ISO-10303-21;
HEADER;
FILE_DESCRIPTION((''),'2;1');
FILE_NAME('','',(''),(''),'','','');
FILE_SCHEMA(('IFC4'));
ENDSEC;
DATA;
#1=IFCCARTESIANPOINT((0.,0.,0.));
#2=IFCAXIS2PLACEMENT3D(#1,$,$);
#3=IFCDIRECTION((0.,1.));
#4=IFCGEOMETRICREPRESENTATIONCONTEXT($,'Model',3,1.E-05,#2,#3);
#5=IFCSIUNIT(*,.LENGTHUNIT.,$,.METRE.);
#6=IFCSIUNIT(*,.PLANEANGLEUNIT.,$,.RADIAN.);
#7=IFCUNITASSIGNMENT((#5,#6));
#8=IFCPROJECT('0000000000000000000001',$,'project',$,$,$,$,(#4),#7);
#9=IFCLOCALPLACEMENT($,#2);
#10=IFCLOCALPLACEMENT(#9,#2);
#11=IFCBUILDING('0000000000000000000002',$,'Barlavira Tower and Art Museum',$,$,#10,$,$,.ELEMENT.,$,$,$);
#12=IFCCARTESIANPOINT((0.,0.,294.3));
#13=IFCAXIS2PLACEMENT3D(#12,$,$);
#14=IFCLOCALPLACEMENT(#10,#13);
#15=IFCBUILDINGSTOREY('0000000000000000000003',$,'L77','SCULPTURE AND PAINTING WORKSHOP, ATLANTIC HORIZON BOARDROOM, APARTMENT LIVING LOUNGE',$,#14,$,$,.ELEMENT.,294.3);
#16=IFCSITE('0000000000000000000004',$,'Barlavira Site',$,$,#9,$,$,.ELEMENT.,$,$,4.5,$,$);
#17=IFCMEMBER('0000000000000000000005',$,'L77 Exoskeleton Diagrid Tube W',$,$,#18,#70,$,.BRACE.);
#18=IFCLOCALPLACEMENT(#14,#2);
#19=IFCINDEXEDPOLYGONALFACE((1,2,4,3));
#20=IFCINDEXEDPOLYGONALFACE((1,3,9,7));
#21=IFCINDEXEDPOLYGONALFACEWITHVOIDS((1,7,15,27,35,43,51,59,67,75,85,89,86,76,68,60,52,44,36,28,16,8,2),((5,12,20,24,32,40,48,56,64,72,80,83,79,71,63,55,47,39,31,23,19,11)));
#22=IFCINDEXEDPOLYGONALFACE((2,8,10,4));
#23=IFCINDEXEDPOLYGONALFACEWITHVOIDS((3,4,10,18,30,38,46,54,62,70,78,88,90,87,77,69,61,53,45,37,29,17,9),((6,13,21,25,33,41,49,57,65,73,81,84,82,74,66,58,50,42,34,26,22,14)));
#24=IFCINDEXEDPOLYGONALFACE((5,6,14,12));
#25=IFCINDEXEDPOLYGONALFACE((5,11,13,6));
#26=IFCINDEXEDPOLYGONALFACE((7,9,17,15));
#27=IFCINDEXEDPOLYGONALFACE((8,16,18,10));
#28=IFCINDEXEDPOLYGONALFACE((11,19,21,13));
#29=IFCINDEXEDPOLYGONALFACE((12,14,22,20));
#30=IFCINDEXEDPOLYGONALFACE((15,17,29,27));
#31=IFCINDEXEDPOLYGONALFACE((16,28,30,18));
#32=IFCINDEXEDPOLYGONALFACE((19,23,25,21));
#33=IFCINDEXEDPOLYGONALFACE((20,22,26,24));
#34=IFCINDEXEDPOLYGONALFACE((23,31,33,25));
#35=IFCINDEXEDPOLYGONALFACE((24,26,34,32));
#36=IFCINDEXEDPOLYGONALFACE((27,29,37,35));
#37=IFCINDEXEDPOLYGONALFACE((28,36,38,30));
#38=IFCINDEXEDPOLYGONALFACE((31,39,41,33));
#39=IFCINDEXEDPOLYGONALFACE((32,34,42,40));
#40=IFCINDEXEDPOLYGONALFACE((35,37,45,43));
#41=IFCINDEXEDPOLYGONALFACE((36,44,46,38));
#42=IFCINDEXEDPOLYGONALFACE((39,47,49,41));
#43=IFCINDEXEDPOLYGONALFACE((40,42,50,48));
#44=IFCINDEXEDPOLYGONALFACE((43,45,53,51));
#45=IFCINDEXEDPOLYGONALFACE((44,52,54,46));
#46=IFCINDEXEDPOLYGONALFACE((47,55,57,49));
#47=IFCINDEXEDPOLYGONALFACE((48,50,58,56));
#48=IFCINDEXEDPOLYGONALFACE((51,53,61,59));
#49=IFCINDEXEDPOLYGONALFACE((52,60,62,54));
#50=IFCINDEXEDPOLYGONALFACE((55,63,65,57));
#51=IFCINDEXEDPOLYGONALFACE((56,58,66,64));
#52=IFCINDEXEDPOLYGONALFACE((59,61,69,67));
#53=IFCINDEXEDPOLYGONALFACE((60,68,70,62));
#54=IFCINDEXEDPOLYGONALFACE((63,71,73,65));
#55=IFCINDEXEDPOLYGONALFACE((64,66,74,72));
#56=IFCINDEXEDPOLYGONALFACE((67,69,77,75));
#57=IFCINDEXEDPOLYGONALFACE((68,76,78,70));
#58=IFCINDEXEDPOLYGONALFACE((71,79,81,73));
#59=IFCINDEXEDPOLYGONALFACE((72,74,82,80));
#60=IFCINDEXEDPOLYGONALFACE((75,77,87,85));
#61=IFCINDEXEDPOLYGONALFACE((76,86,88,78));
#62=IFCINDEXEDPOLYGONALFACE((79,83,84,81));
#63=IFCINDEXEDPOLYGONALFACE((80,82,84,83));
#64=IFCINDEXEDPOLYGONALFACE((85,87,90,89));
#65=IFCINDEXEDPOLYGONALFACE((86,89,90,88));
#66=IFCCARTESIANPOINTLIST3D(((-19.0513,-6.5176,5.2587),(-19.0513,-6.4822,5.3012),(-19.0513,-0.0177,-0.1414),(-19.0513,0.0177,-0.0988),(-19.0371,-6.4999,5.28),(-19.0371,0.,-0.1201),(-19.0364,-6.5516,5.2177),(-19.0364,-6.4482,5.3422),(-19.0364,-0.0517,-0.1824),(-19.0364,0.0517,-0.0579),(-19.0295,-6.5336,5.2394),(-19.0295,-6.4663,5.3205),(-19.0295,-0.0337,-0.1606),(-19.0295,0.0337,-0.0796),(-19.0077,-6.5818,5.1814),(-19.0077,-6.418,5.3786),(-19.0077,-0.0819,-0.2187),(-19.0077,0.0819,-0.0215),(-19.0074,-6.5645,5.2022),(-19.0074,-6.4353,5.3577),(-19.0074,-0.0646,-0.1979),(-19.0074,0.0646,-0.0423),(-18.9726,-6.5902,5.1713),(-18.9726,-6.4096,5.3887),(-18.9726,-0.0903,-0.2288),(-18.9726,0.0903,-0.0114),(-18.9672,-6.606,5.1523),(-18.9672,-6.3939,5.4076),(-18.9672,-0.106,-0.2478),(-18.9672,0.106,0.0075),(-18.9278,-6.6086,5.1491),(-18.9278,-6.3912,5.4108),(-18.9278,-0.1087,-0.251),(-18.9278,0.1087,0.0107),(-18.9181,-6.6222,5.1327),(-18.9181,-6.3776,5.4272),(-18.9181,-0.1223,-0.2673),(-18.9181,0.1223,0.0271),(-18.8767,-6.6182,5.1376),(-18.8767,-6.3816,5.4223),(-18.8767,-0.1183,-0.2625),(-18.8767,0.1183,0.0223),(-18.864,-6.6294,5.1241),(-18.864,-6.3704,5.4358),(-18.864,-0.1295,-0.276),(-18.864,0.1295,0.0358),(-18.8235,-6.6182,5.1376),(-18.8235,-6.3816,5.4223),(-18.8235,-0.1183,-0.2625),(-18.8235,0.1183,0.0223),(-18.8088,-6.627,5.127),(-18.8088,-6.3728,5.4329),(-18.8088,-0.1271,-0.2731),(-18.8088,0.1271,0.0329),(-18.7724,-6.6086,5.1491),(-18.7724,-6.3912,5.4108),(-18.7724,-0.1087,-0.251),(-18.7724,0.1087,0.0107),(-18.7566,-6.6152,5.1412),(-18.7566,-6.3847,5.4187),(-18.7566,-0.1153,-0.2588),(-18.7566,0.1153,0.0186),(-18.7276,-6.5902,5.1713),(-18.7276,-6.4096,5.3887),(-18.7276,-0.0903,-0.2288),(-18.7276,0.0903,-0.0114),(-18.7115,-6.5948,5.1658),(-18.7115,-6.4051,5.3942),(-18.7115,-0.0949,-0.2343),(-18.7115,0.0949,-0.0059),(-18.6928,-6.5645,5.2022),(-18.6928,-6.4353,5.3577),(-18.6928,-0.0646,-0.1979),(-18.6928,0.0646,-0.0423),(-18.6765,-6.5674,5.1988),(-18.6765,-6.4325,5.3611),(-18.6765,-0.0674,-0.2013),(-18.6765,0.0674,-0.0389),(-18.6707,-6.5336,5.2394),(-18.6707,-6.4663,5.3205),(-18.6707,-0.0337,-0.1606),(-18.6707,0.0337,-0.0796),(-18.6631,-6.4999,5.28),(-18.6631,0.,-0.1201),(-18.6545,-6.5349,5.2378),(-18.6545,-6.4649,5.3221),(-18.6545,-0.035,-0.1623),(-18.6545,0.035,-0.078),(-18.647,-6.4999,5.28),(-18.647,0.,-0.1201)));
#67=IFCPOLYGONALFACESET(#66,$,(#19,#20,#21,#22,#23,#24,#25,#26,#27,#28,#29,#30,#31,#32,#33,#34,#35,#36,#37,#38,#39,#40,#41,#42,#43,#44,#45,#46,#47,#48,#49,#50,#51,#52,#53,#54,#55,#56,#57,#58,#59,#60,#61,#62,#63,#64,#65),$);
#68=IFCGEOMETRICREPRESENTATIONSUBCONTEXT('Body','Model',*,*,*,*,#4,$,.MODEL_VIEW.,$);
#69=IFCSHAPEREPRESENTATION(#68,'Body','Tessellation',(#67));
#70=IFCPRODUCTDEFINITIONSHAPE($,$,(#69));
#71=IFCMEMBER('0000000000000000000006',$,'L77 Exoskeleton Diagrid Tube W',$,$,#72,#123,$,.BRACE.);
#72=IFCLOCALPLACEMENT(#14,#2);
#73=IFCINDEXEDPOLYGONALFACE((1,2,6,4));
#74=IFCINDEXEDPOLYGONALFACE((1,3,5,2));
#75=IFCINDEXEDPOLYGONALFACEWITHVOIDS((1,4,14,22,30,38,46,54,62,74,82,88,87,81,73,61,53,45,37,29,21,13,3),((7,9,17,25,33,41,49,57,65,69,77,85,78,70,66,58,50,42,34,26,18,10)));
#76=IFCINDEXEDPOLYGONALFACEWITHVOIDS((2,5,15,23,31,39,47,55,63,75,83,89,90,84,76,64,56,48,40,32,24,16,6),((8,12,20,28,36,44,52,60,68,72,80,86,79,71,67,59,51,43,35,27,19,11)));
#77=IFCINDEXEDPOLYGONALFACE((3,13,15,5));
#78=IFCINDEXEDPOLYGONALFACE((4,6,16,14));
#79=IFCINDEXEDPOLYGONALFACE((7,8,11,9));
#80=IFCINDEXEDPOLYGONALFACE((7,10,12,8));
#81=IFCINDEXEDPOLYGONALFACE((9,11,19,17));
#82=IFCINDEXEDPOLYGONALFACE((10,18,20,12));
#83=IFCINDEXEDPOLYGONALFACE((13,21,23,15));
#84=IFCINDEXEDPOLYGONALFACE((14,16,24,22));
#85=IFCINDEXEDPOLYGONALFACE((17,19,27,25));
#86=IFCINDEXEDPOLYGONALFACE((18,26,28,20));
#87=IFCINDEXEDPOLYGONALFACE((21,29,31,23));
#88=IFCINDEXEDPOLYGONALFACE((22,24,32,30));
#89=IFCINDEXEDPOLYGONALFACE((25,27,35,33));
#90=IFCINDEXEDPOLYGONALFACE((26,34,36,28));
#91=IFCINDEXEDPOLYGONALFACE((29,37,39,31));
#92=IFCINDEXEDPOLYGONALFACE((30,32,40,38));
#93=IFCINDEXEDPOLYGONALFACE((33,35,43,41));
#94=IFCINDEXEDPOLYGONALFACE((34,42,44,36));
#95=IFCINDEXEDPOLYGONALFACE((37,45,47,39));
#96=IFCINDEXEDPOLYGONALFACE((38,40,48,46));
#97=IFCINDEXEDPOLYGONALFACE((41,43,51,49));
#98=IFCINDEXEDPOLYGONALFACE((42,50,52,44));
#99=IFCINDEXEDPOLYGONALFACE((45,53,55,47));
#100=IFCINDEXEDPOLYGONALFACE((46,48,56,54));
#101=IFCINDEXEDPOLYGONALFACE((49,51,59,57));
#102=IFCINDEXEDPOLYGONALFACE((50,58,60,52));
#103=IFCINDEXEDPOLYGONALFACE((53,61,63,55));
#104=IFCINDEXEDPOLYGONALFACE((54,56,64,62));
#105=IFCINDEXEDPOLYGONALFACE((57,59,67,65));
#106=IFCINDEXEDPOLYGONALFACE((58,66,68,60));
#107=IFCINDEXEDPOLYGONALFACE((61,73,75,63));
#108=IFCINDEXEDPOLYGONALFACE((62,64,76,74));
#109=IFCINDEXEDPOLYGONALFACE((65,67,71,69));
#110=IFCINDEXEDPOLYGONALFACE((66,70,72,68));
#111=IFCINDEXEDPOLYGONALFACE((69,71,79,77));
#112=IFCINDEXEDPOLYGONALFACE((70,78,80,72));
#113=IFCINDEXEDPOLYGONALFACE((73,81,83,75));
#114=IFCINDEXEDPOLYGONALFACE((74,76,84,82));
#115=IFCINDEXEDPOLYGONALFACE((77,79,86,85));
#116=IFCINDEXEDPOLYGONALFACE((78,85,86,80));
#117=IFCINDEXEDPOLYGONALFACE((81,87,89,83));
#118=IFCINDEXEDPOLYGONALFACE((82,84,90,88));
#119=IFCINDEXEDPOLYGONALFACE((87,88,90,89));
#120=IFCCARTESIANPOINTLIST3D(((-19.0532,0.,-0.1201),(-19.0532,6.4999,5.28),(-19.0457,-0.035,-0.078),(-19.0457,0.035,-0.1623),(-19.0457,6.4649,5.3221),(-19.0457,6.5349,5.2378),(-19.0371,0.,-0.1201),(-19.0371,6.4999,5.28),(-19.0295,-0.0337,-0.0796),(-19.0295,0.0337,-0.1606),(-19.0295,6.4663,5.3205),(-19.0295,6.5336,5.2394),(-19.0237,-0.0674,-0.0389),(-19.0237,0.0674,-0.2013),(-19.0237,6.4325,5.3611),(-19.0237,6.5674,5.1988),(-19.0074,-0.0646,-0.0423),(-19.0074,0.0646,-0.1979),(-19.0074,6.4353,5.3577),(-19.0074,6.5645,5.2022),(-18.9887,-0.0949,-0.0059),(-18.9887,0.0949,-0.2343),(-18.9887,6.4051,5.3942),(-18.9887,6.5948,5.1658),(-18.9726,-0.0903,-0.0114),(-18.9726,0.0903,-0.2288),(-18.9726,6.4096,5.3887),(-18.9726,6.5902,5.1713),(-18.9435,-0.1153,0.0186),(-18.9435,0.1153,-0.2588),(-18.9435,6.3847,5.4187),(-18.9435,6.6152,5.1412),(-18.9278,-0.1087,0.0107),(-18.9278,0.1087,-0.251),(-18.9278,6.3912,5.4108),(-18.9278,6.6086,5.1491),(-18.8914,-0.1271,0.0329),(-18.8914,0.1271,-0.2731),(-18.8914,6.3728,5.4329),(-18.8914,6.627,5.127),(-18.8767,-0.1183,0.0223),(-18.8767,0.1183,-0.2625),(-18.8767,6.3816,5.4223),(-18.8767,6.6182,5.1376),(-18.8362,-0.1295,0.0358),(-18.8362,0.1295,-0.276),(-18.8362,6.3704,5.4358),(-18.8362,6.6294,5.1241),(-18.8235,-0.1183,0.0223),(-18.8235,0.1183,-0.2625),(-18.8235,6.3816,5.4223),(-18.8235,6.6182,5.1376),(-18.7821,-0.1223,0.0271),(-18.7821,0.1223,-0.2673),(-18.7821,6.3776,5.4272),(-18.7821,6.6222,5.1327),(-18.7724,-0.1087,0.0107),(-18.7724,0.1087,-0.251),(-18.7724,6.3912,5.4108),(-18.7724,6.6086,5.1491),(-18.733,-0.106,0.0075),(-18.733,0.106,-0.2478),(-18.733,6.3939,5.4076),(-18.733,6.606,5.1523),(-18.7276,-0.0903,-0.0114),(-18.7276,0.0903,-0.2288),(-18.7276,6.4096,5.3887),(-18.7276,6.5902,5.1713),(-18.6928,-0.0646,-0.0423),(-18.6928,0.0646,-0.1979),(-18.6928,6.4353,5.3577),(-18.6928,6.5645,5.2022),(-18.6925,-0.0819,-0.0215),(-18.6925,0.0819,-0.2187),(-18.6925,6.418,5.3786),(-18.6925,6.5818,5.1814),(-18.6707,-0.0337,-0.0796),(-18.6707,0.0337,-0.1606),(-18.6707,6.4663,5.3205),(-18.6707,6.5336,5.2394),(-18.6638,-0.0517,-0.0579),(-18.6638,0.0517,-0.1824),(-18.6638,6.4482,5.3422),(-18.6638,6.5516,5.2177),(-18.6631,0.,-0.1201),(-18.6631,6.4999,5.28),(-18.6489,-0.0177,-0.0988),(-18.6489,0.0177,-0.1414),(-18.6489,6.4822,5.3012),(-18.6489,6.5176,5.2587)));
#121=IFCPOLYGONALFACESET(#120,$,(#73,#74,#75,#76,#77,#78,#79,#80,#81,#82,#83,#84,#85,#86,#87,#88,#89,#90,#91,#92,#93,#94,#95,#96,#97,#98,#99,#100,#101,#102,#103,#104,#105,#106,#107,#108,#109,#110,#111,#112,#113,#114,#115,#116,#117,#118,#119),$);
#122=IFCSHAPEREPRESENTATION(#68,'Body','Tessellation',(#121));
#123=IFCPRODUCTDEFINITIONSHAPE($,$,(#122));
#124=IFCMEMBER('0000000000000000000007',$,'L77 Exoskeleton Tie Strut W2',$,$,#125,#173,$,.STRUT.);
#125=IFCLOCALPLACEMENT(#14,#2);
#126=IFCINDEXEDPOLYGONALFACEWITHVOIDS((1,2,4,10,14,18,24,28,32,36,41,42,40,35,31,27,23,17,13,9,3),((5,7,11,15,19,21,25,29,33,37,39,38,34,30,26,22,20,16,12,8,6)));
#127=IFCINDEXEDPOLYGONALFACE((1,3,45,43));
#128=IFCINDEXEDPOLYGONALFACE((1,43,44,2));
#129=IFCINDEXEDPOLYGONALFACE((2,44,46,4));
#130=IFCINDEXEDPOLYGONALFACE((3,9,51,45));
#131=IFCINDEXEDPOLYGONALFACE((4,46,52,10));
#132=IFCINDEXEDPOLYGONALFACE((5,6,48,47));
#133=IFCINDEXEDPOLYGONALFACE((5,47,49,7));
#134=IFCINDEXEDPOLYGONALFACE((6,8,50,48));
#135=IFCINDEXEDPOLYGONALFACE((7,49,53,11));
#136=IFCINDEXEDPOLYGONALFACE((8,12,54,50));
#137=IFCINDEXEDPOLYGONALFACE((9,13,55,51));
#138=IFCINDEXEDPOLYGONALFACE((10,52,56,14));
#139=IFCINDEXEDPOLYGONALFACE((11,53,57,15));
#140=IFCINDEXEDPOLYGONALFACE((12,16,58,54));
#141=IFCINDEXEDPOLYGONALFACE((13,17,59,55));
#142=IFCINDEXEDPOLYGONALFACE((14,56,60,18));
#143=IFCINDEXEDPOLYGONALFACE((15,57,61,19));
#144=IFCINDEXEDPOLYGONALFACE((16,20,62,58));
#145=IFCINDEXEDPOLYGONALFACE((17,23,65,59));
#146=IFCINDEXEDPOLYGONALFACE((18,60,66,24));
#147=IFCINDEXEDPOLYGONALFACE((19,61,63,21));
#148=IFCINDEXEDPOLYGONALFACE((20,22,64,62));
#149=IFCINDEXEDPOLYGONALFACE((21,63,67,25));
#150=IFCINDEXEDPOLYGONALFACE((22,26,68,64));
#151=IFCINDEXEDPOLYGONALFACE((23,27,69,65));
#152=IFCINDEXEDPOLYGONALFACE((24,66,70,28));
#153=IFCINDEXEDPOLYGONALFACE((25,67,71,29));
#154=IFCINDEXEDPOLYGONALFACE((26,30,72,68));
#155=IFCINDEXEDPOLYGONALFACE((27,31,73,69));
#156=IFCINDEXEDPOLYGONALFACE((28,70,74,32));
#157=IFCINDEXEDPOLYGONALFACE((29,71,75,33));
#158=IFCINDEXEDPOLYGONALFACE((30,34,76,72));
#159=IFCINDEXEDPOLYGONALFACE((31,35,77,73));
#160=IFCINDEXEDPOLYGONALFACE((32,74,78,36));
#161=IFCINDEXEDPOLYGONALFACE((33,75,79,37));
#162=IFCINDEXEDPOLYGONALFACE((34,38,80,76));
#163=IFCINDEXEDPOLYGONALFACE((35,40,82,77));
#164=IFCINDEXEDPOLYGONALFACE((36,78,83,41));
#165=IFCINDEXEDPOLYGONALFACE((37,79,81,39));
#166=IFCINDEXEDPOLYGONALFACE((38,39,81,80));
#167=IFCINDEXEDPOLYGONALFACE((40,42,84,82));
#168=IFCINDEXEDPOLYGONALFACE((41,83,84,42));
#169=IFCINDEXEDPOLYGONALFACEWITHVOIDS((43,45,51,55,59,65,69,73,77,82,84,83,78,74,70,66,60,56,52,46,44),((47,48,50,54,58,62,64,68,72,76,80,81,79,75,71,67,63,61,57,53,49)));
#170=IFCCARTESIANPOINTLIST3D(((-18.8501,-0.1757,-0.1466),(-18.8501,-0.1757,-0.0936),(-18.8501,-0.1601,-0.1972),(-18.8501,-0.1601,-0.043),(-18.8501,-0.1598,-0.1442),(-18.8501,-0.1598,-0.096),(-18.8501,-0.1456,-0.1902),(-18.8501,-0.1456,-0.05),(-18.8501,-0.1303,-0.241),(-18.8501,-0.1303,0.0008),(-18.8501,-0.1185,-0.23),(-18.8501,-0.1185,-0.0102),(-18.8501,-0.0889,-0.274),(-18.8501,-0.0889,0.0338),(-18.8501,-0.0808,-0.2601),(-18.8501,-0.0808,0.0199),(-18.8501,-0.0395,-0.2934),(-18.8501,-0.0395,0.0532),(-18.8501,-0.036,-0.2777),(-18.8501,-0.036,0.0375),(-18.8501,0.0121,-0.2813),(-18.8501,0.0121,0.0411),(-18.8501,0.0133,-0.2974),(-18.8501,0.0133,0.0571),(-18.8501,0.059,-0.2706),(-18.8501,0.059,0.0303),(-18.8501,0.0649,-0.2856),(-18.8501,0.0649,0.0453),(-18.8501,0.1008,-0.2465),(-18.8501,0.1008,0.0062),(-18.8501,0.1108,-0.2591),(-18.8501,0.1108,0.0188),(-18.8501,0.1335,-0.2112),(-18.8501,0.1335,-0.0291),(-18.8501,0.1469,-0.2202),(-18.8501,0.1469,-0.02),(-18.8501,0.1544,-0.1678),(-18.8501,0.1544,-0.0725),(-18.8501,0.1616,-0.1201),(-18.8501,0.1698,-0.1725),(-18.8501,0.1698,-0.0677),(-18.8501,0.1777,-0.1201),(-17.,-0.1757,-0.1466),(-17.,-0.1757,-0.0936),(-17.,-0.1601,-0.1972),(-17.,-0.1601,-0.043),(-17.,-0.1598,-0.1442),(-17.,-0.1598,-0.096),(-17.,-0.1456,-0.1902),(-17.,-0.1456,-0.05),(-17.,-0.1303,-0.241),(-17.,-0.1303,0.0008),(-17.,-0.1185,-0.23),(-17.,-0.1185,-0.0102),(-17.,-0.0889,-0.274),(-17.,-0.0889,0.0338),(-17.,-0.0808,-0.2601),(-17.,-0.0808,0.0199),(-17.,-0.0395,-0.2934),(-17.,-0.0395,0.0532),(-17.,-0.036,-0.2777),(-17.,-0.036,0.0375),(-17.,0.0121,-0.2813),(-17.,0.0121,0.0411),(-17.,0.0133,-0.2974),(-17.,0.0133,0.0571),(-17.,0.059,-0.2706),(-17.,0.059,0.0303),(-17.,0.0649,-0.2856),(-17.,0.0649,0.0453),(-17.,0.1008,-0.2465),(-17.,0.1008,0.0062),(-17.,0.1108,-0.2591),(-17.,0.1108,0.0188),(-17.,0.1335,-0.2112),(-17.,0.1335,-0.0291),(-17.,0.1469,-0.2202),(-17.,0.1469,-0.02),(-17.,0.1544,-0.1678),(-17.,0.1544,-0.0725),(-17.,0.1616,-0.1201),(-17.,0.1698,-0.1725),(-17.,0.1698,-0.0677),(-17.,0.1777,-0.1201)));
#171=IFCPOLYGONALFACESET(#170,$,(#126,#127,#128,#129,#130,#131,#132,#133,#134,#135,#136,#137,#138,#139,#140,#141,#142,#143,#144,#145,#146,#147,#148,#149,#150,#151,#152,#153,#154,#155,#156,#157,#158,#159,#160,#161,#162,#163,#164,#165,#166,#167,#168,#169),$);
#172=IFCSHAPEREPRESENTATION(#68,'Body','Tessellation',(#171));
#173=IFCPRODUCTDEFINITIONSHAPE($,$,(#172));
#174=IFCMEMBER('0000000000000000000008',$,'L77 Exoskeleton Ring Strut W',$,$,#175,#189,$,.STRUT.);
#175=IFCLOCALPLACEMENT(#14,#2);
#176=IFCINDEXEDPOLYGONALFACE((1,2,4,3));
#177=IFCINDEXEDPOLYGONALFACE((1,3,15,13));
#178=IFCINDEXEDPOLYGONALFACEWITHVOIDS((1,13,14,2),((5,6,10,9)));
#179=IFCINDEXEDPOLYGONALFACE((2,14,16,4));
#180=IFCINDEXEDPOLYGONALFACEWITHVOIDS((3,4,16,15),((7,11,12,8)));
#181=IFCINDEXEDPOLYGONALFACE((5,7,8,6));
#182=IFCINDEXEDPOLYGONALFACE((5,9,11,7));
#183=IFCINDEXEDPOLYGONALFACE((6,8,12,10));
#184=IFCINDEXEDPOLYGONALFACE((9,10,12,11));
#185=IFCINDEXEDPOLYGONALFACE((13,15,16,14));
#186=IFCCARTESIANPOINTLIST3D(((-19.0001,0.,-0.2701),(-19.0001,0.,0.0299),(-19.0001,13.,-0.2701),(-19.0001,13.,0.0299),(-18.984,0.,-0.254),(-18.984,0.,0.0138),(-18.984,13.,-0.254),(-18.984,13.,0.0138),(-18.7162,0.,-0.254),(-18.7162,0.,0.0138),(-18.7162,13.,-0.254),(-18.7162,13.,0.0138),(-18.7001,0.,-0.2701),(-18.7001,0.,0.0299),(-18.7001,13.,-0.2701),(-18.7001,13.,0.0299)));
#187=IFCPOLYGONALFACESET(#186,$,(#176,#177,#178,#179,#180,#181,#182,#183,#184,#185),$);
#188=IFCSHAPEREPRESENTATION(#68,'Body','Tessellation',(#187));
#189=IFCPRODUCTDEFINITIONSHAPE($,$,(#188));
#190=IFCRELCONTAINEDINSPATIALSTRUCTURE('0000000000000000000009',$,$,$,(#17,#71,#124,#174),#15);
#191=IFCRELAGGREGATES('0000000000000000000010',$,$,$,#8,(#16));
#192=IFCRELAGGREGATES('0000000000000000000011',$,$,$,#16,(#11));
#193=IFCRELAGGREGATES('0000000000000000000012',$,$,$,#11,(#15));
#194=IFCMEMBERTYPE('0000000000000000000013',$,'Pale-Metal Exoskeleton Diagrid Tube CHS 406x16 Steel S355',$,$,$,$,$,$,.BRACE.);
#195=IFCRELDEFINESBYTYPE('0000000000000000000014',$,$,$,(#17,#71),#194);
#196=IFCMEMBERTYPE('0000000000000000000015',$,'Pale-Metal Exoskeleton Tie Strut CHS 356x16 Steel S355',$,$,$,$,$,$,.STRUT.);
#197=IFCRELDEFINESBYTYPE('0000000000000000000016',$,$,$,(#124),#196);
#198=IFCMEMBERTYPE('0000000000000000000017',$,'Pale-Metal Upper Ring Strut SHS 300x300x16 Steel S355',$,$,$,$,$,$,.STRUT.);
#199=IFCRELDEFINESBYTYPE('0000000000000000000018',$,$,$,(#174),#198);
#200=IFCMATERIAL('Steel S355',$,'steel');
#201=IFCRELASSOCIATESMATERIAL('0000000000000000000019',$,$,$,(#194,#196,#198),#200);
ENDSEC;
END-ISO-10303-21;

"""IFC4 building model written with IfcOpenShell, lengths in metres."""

from ifc_helpers import new_model, si_unit, direction, frame, origin, origin_2d, place, context, subcontext, project, spatial, hollow_rectangle, hollow_circle, extrude, material, material_profile, profile_set, type_object, element, save


model = new_model("IFC4")

# Units and contexts
model_context = context("Model", 3, precision=1e-05, world=origin(), true_north=direction((0.0, 1.0)))
body_context = subcontext(model_context, "Body", "Model", "MODEL_VIEW")
ifc_project = project(units=[si_unit("LENGTHUNIT", "METRE"), si_unit("PLANEANGLEUNIT", "RADIAN")], contexts=[model_context])

# Site, building, storey
site_placement = place(None, origin())
site = spatial("IfcSite", under=ifc_project, at=site_placement, Name="Barlavira Site", CompositionType="ELEMENT", RefElevation=4.5)
building_placement = place(site_placement, origin())
building = spatial("IfcBuilding", under=site, at=building_placement, Name="Barlavira Tower and Art Museum", CompositionType="ELEMENT")
storey_placement = place(building_placement, frame((0.0, 0.0, 294.3)))
storey = spatial("IfcBuildingStorey", under=building, at=storey_placement, Name="L77", Description="SCULPTURE AND PAINTING WORKSHOP, ATLANTIC HORIZON BOARDROOM, APARTMENT LIVING LOUNGE", CompositionType="ELEMENT", Elevation=294.3)

# Members
ifc_material_1 = material(Name="Steel S355", Category="steel")
ifc_material_profile_1 = material_profile(ifc_material_1, hollow_circle(Radius=0.2031, WallThickness=0.0161, at=origin_2d()), Name="CHS 406.4x16.0")
ifc_profile_set_1 = profile_set([ifc_material_profile_1], Name="Steel S355")
member_type_1 = type_object("IfcMemberType", Name="Pale-Metal Exoskeleton Diagrid Tube CHS 406x16 Steel S355", PredefinedType="BRACE", material=ifc_profile_set_1)
for number, where, z_axis, x_axis, name in (
    (1, (-18.8501, 0.0, -0.1201), (0.0, -0.769182, 0.63903), (1.0, 0.0, 0.0), "L77 Exoskeleton Diagrid Tube W"),
    (2, (-18.8501, 0.0, -0.1201), (0.0, 0.769182, 0.63903), (-1.0, 0.0, 0.0), "L77 Exoskeleton Diagrid Tube W"),
):
    element("IfcMember", number, at=place(storey_placement, frame(where, z_axis=z_axis, x_axis=x_axis)), inside=storey, type_object=member_type_1, Name=name, PredefinedType="BRACE", context=body_context, shape_type="SweptSolid", body=[
        extrude(hollow_circle(Radius=0.2031, WallThickness=0.0161, at=origin_2d()), origin(), (0.0, 0.0, 1.0), 8.4504),
    ])
ifc_material_profile_2 = material_profile(ifc_material_1, hollow_circle(Radius=0.1777, WallThickness=0.0161, at=origin_2d()), Name="CHS 355.6x16.0")
ifc_profile_set_2 = profile_set([ifc_material_profile_2], Name="Steel S355")
member_type_2 = type_object("IfcMemberType", Name="Pale-Metal Exoskeleton Tie Strut CHS 356x16 Steel S355", PredefinedType="STRUT", material=ifc_profile_set_2)
member_1_placement = place(storey_placement, frame((-18.8501, 0.0, -0.1201), z_axis=(1.0, 0.0, 0.0), x_axis=(0.0, 1.0, 0.0)))
element("IfcMember", 3, at=member_1_placement, inside=storey, type_object=member_type_2, Name="L77 Exoskeleton Tie Strut W2", PredefinedType="STRUT", context=body_context, shape_type="SweptSolid", body=[
    extrude(hollow_circle(Radius=0.1777, WallThickness=0.0161, at=origin_2d()), origin(), (0.0, 0.0, 1.0), 1.8501),
])
ifc_material_profile_3 = material_profile(ifc_material_1, hollow_rectangle(XDim=0.3, YDim=0.3, WallThickness=0.0161, at=origin_2d()), Name="SHS 300x300x16.0")
ifc_profile_set_3 = profile_set([ifc_material_profile_3], Name="Steel S355")
member_type_3 = type_object("IfcMemberType", Name="Pale-Metal Upper Ring Strut SHS 300x300x16 Steel S355", PredefinedType="STRUT", material=ifc_profile_set_3)
member_2_placement = place(storey_placement, frame((-18.8501, 0.0, -0.1201), z_axis=(0.0, 1.0, 0.0), x_axis=(-1.0, 0.0, 0.0)))
element("IfcMember", 4, at=member_2_placement, inside=storey, type_object=member_type_3, Name="L77 Exoskeleton Ring Strut W", PredefinedType="STRUT", context=body_context, shape_type="SweptSolid", body=[
    extrude(hollow_rectangle(XDim=0.3, YDim=0.3, WallThickness=0.0161, at=origin_2d()), origin(), (0.0, 0.0, 1.0), 13.0),
])

save(model, "model.ifc")
